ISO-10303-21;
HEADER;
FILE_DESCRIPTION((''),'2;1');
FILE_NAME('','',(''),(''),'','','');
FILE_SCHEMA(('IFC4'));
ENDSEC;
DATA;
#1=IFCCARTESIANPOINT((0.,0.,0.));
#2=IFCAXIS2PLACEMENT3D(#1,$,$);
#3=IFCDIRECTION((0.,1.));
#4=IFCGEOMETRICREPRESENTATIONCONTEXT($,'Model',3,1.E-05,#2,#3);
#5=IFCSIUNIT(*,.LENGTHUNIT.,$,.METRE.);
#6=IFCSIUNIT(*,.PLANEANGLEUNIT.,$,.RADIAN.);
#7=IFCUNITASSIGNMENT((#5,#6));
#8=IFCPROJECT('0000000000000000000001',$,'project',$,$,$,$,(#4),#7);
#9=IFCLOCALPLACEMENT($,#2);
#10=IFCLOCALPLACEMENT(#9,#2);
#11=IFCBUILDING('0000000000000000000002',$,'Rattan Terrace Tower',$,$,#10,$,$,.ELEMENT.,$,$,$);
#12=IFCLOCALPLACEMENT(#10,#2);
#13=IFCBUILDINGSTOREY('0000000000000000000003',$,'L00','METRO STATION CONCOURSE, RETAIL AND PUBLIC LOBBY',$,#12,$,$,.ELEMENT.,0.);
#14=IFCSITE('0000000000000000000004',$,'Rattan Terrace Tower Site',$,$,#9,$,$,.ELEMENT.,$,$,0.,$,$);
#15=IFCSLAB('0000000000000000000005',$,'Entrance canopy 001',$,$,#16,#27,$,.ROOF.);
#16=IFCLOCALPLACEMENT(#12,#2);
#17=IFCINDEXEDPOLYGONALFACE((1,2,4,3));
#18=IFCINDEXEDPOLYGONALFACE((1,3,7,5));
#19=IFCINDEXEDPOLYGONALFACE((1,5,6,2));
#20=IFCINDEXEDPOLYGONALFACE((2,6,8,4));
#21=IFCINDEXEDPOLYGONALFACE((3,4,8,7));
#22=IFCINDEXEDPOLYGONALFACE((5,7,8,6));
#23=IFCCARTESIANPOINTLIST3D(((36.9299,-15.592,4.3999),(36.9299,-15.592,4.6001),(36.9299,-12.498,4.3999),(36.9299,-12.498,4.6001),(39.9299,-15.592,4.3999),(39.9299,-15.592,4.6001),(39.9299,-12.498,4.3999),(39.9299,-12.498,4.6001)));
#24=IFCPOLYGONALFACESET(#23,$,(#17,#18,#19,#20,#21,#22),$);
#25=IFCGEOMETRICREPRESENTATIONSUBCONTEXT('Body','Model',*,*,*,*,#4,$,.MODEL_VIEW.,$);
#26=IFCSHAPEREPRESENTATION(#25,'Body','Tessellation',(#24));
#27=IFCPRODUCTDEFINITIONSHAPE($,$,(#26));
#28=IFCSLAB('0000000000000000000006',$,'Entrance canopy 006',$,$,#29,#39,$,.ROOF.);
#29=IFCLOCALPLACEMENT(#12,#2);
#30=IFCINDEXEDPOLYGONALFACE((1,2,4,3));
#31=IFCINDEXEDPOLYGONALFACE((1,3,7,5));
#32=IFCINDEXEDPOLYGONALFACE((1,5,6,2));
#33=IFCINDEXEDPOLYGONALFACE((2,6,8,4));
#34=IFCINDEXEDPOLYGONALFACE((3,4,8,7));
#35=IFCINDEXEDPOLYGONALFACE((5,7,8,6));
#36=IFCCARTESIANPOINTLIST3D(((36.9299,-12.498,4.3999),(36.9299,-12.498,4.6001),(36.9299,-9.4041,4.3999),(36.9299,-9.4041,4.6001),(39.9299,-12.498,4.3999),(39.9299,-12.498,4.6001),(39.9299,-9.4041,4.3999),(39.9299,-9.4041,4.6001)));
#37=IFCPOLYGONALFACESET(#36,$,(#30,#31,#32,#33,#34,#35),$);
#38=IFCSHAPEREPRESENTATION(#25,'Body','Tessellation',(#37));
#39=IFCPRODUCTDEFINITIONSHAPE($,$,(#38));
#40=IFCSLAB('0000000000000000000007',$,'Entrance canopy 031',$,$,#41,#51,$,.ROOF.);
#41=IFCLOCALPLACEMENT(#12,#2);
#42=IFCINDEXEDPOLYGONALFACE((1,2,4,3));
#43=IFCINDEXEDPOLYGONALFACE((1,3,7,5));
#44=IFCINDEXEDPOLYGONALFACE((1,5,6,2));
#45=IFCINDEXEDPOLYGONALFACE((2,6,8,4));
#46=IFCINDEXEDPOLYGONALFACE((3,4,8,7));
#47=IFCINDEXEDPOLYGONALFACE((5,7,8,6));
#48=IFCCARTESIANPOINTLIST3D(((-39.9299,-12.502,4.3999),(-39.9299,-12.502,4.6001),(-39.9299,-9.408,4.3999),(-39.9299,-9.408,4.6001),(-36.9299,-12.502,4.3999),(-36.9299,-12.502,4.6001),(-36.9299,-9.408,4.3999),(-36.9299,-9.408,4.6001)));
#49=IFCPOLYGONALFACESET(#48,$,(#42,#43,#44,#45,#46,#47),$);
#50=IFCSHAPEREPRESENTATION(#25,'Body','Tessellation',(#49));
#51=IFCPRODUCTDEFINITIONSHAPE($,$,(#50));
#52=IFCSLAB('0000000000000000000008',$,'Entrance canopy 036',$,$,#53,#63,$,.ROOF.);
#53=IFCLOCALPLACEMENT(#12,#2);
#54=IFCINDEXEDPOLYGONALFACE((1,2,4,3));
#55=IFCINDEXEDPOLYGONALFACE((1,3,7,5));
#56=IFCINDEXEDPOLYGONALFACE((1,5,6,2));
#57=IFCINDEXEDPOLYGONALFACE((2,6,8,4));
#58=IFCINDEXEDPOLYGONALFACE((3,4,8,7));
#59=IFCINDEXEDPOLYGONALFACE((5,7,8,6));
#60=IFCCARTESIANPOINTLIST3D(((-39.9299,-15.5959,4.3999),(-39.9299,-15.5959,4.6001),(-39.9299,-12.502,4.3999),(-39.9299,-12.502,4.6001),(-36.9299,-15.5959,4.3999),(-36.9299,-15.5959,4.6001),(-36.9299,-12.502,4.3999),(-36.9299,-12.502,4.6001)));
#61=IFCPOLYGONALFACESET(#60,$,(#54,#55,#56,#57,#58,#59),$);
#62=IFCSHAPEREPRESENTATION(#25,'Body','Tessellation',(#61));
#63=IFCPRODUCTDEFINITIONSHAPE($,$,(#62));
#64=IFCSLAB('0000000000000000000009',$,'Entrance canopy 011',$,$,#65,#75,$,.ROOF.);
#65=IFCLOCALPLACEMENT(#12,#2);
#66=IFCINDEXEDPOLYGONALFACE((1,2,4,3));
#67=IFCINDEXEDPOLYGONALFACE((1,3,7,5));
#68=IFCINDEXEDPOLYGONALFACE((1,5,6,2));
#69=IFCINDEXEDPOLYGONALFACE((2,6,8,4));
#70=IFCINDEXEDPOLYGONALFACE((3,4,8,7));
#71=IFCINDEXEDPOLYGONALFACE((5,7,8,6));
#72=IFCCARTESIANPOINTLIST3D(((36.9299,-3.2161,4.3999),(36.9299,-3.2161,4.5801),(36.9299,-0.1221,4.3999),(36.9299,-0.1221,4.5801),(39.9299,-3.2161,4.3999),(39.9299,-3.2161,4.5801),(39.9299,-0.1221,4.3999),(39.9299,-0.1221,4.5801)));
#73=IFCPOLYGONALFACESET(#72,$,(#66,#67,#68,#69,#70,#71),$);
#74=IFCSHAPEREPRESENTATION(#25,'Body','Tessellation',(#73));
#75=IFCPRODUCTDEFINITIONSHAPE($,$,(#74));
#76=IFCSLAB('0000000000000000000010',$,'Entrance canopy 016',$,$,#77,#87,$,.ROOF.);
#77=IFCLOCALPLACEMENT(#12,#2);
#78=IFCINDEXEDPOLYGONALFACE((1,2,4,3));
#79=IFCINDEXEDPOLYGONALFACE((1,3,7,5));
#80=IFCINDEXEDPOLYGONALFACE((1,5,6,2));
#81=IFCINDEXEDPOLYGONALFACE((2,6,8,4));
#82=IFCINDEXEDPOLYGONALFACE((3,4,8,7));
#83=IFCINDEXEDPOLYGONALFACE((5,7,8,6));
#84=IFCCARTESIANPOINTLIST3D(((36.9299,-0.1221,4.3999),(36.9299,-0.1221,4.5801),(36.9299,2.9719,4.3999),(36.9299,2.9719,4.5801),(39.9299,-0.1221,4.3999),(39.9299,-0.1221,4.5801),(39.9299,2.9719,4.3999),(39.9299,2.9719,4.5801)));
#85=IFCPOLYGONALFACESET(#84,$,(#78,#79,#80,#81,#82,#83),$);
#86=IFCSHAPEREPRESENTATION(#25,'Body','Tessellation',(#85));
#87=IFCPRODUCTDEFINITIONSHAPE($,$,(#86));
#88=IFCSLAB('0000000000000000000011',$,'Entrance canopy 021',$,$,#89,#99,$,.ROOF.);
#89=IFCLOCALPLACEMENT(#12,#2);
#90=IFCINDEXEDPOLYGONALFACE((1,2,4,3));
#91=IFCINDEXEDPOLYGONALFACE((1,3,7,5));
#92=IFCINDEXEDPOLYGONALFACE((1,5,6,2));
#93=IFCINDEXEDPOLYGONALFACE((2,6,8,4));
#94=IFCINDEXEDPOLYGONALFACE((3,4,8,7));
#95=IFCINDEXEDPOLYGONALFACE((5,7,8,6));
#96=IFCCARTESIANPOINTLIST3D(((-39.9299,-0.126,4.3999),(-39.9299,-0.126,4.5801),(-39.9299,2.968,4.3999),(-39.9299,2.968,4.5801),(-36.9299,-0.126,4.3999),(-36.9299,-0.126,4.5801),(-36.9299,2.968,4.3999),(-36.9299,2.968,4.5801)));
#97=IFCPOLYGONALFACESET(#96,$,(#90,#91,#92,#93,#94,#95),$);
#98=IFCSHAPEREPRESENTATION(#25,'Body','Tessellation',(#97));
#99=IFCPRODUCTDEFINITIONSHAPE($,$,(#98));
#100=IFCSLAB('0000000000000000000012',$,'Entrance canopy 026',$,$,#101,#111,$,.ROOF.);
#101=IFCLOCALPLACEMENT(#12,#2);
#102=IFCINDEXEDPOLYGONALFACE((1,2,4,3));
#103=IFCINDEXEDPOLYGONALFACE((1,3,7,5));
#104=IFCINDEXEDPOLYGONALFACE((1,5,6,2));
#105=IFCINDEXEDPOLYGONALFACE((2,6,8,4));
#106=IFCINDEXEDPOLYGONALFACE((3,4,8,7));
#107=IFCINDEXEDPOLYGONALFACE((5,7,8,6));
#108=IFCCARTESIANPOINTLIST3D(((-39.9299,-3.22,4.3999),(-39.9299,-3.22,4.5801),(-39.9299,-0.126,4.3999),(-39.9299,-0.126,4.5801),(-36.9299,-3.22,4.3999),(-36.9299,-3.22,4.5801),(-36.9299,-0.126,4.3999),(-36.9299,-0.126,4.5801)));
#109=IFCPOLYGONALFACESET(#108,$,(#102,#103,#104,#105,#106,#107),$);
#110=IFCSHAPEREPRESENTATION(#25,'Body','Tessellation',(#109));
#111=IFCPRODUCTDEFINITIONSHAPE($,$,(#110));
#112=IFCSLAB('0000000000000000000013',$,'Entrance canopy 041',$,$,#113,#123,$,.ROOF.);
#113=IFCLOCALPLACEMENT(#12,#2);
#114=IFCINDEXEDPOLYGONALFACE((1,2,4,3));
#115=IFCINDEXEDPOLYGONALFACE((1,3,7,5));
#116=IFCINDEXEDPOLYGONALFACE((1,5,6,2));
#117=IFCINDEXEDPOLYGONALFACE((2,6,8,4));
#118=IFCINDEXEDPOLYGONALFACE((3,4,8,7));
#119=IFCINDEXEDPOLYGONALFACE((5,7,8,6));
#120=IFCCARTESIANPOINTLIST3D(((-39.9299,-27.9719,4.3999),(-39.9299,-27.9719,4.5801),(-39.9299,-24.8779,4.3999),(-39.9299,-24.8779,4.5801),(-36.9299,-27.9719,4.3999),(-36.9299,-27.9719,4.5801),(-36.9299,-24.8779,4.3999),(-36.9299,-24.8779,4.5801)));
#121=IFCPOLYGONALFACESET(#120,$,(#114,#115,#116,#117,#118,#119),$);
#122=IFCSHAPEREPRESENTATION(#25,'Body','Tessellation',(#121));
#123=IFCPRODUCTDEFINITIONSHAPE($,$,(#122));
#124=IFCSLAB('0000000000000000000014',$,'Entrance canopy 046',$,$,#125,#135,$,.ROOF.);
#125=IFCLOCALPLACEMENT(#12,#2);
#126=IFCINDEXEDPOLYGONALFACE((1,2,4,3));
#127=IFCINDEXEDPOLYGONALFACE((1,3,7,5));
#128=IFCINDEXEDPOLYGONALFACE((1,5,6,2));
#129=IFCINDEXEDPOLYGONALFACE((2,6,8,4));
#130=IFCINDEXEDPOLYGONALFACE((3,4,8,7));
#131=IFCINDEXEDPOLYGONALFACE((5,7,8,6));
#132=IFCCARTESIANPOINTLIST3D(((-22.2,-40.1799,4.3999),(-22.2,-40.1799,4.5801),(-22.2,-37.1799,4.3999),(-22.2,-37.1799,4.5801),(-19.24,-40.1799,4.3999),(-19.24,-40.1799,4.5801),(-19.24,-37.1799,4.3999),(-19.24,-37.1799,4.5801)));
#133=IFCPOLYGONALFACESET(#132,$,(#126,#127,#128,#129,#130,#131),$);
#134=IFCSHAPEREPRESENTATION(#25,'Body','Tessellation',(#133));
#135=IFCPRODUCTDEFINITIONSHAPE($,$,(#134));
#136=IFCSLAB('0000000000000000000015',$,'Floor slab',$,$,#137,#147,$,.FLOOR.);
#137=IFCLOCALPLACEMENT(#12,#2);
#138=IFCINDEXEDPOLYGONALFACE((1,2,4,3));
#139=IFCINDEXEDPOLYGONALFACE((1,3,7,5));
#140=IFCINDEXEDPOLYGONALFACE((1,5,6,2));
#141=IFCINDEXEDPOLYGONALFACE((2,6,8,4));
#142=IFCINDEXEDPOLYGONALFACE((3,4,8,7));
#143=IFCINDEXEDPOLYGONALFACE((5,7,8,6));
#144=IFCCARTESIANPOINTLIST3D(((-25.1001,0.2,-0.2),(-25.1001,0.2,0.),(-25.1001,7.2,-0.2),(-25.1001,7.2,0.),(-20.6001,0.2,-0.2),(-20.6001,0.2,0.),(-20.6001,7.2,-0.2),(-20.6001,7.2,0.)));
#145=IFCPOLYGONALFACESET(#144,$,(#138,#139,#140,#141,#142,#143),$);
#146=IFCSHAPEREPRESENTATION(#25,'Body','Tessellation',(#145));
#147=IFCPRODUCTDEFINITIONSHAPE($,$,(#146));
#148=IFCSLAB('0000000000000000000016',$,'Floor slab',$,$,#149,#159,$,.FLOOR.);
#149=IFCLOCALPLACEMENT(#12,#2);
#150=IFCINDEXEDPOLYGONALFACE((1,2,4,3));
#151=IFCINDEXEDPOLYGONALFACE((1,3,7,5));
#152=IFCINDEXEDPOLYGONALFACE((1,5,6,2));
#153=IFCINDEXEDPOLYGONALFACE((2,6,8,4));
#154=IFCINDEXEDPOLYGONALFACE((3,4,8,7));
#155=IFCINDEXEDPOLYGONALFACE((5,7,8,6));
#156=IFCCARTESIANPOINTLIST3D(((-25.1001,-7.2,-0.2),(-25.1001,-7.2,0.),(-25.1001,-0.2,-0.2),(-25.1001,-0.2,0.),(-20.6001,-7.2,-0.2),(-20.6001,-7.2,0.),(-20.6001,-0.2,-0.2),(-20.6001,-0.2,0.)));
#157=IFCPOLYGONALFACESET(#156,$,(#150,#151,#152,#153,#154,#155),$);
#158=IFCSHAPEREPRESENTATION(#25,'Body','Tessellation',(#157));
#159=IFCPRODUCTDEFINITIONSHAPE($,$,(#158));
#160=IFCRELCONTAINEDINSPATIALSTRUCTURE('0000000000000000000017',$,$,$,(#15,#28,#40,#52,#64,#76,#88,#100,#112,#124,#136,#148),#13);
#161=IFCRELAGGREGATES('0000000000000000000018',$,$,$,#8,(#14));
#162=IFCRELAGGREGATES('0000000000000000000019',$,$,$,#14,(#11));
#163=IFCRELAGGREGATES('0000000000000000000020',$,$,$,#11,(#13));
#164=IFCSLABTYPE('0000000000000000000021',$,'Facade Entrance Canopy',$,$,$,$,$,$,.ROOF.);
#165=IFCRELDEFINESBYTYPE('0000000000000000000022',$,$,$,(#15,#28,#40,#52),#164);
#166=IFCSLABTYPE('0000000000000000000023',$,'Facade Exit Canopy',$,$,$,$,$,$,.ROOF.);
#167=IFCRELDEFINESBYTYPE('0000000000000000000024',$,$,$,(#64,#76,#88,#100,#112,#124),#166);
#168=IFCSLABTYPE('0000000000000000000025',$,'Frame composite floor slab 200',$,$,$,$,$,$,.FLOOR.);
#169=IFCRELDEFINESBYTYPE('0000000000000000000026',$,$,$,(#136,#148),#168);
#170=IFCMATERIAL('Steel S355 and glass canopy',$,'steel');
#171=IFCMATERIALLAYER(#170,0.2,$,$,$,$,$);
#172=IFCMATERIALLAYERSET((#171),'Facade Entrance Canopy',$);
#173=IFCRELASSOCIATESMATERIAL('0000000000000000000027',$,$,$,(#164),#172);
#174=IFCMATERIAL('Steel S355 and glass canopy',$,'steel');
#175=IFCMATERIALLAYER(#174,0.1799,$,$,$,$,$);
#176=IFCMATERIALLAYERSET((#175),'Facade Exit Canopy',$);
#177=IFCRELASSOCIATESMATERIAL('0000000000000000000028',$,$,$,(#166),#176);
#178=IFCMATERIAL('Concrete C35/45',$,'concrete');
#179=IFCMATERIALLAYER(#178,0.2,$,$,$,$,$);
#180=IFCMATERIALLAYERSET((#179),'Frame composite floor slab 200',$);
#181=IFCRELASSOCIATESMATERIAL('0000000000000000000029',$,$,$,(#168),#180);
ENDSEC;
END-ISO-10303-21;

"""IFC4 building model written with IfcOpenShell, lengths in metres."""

from ifc_helpers import new_model, si_unit, direction, frame, origin, place, context, subcontext, project, spatial, polyline, outline, extrude, material, layer, layer_set, type_object, element, save


model = new_model("IFC4")

# Units and contexts
model_context = context("Model", 3, precision=1e-05, world=origin(), true_north=direction((0.0, 1.0)))
body_context = subcontext(model_context, "Body", "Model", "MODEL_VIEW")
ifc_project = project(units=[si_unit("LENGTHUNIT", "METRE"), si_unit("PLANEANGLEUNIT", "RADIAN")], contexts=[model_context])

# Site, building, storey
site_placement = place(None, origin())
site = spatial("IfcSite", under=ifc_project, at=site_placement, Name="Rattan Terrace Tower Site", CompositionType="ELEMENT", RefElevation=0.0)
building_placement = place(site_placement, origin())
building = spatial("IfcBuilding", under=site, at=building_placement, Name="Rattan Terrace Tower", CompositionType="ELEMENT")
storey_placement = place(building_placement, origin())
storey = spatial("IfcBuildingStorey", under=building, at=storey_placement, Name="L00", Description="METRO STATION CONCOURSE, RETAIL AND PUBLIC LOBBY", CompositionType="ELEMENT", Elevation=0.0)

# Slabs
ifc_material_1 = material(Name="Steel S355 and glass canopy", Category="steel")
ifc_layer_1 = layer(ifc_material_1, 0.2)
ifc_layer_set_1 = layer_set([ifc_layer_1], Name="Facade Entrance Canopy")
slab_type_1 = type_object("IfcSlabType", Name="Facade Entrance Canopy", PredefinedType="ROOF", material=ifc_layer_set_1)
slab_1_placement = place(storey_placement, frame((0.0, 0.0, 4.3999)))
element("IfcSlab", 1, at=slab_1_placement, inside=storey, type_object=slab_type_1, Name="Entrance canopy 001", PredefinedType="ROOF", context=body_context, shape_type="SweptSolid", body=[
    extrude(outline(polyline([(36.9299, -15.592), (36.9299, -12.498), (39.9299, -12.498), (39.9299, -15.592), (36.9299, -15.592)])), origin(), (0.0, 0.0, 1.0), 0.2002),
])
slab_2_placement = place(storey_placement, frame((0.0, 0.0, 4.3999)))
element("IfcSlab", 2, at=slab_2_placement, inside=storey, type_object=slab_type_1, Name="Entrance canopy 006", PredefinedType="ROOF", context=body_context, shape_type="SweptSolid", body=[
    extrude(outline(polyline([(36.9299, -12.498), (36.9299, -9.4041), (39.9299, -9.4041), (39.9299, -12.498), (36.9299, -12.498)])), origin(), (0.0, 0.0, 1.0), 0.2002),
])
slab_3_placement = place(storey_placement, frame((0.0, 0.0, 4.3999)))
element("IfcSlab", 3, at=slab_3_placement, inside=storey, type_object=slab_type_1, Name="Entrance canopy 031", PredefinedType="ROOF", context=body_context, shape_type="SweptSolid", body=[
    extrude(outline(polyline([(-36.9299, -9.408), (-36.9299, -12.502), (-39.9299, -12.502), (-39.9299, -9.408), (-36.9299, -9.408)])), origin(), (0.0, 0.0, 1.0), 0.2002),
])
slab_4_placement = place(storey_placement, frame((0.0, 0.0, 4.3999)))
element("IfcSlab", 4, at=slab_4_placement, inside=storey, type_object=slab_type_1, Name="Entrance canopy 036", PredefinedType="ROOF", context=body_context, shape_type="SweptSolid", body=[
    extrude(outline(polyline([(-36.9299, -12.502), (-36.9299, -15.5959), (-39.9299, -15.5959), (-39.9299, -12.502), (-36.9299, -12.502)])), origin(), (0.0, 0.0, 1.0), 0.2002),
])
ifc_material_2 = material(Name="Steel S355 and glass canopy", Category="steel")
ifc_layer_2 = layer(ifc_material_2, 0.1799)
ifc_layer_set_2 = layer_set([ifc_layer_2], Name="Facade Exit Canopy")
slab_type_2 = type_object("IfcSlabType", Name="Facade Exit Canopy", PredefinedType="ROOF", material=ifc_layer_set_2)
slab_5_placement = place(storey_placement, frame((0.0, 0.0, 4.3999)))
element("IfcSlab", 5, at=slab_5_placement, inside=storey, type_object=slab_type_2, Name="Entrance canopy 011", PredefinedType="ROOF", context=body_context, shape_type="SweptSolid", body=[
    extrude(outline(polyline([(36.9299, -3.2161), (36.9299, -0.1221), (39.9299, -0.1221), (39.9299, -3.2161), (36.9299, -3.2161)])), origin(), (0.0, 0.0, 1.0), 0.1802),
])
slab_6_placement = place(storey_placement, frame((0.0, 0.0, 4.3999)))
element("IfcSlab", 6, at=slab_6_placement, inside=storey, type_object=slab_type_2, Name="Entrance canopy 016", PredefinedType="ROOF", context=body_context, shape_type="SweptSolid", body=[
    extrude(outline(polyline([(36.9299, -0.1221), (36.9299, 2.9719), (39.9299, 2.9719), (39.9299, -0.1221), (36.9299, -0.1221)])), origin(), (0.0, 0.0, 1.0), 0.1802),
])
slab_7_placement = place(storey_placement, frame((0.0, 0.0, 4.3999)))
element("IfcSlab", 7, at=slab_7_placement, inside=storey, type_object=slab_type_2, Name="Entrance canopy 021", PredefinedType="ROOF", context=body_context, shape_type="SweptSolid", body=[
    extrude(outline(polyline([(-36.9299, 2.968), (-36.9299, -0.126), (-39.9299, -0.126), (-39.9299, 2.968), (-36.9299, 2.968)])), origin(), (0.0, 0.0, 1.0), 0.1802),
])
slab_8_placement = place(storey_placement, frame((0.0, 0.0, 4.3999)))
element("IfcSlab", 8, at=slab_8_placement, inside=storey, type_object=slab_type_2, Name="Entrance canopy 026", PredefinedType="ROOF", context=body_context, shape_type="SweptSolid", body=[
    extrude(outline(polyline([(-36.9299, -0.126), (-36.9299, -3.22), (-39.9299, -3.22), (-39.9299, -0.126), (-36.9299, -0.126)])), origin(), (0.0, 0.0, 1.0), 0.1802),
])
slab_9_placement = place(storey_placement, frame((0.0, 0.0, 4.3999)))
element("IfcSlab", 9, at=slab_9_placement, inside=storey, type_object=slab_type_2, Name="Entrance canopy 041", PredefinedType="ROOF", context=body_context, shape_type="SweptSolid", body=[
    extrude(outline(polyline([(-36.9299, -24.8779), (-36.9299, -27.9719), (-39.9299, -27.9719), (-39.9299, -24.8779), (-36.9299, -24.8779)])), origin(), (0.0, 0.0, 1.0), 0.1802),
])
slab_10_placement = place(storey_placement, frame((0.0, 0.0, 4.3999)))
element("IfcSlab", 10, at=slab_10_placement, inside=storey, type_object=slab_type_2, Name="Entrance canopy 046", PredefinedType="ROOF", context=body_context, shape_type="SweptSolid", body=[
    extrude(outline(polyline([(-22.2, -37.1799), (-19.24, -37.1799), (-19.24, -40.1799), (-22.2, -40.1799), (-22.2, -37.1799)])), origin(), (0.0, 0.0, 1.0), 0.1802),
])
ifc_material_3 = material(Name="Concrete C35/45", Category="concrete")
ifc_layer_3 = layer(ifc_material_3, 0.2)
ifc_layer_set_3 = layer_set([ifc_layer_3], Name="Frame composite floor slab 200")
slab_type_3 = type_object("IfcSlabType", Name="Frame composite floor slab 200", PredefinedType="FLOOR", material=ifc_layer_set_3)
slab_11_placement = place(storey_placement, frame((0.0, 0.0, -0.2)))
element("IfcSlab", 11, at=slab_11_placement, inside=storey, type_object=slab_type_3, Name="Floor slab", PredefinedType="FLOOR", context=body_context, shape_type="SweptSolid", body=[
    extrude(outline(polyline([(-20.6001, 0.2), (-20.6001, 7.2), (-25.1001, 7.2), (-25.1001, 0.2), (-20.6001, 0.2)])), origin(), (0.0, 0.0, 1.0), 0.2),
])
slab_12_placement = place(storey_placement, frame((0.0, 0.0, -0.2)))
element("IfcSlab", 12, at=slab_12_placement, inside=storey, type_object=slab_type_3, Name="Floor slab", PredefinedType="FLOOR", context=body_context, shape_type="SweptSolid", body=[
    extrude(outline(polyline([(-20.6001, -0.2), (-25.1001, -0.2), (-25.1001, -7.2), (-20.6001, -7.2), (-20.6001, -0.2)])), origin(), (0.0, 0.0, 1.0), 0.2),
])

save(model, "model.ifc")
